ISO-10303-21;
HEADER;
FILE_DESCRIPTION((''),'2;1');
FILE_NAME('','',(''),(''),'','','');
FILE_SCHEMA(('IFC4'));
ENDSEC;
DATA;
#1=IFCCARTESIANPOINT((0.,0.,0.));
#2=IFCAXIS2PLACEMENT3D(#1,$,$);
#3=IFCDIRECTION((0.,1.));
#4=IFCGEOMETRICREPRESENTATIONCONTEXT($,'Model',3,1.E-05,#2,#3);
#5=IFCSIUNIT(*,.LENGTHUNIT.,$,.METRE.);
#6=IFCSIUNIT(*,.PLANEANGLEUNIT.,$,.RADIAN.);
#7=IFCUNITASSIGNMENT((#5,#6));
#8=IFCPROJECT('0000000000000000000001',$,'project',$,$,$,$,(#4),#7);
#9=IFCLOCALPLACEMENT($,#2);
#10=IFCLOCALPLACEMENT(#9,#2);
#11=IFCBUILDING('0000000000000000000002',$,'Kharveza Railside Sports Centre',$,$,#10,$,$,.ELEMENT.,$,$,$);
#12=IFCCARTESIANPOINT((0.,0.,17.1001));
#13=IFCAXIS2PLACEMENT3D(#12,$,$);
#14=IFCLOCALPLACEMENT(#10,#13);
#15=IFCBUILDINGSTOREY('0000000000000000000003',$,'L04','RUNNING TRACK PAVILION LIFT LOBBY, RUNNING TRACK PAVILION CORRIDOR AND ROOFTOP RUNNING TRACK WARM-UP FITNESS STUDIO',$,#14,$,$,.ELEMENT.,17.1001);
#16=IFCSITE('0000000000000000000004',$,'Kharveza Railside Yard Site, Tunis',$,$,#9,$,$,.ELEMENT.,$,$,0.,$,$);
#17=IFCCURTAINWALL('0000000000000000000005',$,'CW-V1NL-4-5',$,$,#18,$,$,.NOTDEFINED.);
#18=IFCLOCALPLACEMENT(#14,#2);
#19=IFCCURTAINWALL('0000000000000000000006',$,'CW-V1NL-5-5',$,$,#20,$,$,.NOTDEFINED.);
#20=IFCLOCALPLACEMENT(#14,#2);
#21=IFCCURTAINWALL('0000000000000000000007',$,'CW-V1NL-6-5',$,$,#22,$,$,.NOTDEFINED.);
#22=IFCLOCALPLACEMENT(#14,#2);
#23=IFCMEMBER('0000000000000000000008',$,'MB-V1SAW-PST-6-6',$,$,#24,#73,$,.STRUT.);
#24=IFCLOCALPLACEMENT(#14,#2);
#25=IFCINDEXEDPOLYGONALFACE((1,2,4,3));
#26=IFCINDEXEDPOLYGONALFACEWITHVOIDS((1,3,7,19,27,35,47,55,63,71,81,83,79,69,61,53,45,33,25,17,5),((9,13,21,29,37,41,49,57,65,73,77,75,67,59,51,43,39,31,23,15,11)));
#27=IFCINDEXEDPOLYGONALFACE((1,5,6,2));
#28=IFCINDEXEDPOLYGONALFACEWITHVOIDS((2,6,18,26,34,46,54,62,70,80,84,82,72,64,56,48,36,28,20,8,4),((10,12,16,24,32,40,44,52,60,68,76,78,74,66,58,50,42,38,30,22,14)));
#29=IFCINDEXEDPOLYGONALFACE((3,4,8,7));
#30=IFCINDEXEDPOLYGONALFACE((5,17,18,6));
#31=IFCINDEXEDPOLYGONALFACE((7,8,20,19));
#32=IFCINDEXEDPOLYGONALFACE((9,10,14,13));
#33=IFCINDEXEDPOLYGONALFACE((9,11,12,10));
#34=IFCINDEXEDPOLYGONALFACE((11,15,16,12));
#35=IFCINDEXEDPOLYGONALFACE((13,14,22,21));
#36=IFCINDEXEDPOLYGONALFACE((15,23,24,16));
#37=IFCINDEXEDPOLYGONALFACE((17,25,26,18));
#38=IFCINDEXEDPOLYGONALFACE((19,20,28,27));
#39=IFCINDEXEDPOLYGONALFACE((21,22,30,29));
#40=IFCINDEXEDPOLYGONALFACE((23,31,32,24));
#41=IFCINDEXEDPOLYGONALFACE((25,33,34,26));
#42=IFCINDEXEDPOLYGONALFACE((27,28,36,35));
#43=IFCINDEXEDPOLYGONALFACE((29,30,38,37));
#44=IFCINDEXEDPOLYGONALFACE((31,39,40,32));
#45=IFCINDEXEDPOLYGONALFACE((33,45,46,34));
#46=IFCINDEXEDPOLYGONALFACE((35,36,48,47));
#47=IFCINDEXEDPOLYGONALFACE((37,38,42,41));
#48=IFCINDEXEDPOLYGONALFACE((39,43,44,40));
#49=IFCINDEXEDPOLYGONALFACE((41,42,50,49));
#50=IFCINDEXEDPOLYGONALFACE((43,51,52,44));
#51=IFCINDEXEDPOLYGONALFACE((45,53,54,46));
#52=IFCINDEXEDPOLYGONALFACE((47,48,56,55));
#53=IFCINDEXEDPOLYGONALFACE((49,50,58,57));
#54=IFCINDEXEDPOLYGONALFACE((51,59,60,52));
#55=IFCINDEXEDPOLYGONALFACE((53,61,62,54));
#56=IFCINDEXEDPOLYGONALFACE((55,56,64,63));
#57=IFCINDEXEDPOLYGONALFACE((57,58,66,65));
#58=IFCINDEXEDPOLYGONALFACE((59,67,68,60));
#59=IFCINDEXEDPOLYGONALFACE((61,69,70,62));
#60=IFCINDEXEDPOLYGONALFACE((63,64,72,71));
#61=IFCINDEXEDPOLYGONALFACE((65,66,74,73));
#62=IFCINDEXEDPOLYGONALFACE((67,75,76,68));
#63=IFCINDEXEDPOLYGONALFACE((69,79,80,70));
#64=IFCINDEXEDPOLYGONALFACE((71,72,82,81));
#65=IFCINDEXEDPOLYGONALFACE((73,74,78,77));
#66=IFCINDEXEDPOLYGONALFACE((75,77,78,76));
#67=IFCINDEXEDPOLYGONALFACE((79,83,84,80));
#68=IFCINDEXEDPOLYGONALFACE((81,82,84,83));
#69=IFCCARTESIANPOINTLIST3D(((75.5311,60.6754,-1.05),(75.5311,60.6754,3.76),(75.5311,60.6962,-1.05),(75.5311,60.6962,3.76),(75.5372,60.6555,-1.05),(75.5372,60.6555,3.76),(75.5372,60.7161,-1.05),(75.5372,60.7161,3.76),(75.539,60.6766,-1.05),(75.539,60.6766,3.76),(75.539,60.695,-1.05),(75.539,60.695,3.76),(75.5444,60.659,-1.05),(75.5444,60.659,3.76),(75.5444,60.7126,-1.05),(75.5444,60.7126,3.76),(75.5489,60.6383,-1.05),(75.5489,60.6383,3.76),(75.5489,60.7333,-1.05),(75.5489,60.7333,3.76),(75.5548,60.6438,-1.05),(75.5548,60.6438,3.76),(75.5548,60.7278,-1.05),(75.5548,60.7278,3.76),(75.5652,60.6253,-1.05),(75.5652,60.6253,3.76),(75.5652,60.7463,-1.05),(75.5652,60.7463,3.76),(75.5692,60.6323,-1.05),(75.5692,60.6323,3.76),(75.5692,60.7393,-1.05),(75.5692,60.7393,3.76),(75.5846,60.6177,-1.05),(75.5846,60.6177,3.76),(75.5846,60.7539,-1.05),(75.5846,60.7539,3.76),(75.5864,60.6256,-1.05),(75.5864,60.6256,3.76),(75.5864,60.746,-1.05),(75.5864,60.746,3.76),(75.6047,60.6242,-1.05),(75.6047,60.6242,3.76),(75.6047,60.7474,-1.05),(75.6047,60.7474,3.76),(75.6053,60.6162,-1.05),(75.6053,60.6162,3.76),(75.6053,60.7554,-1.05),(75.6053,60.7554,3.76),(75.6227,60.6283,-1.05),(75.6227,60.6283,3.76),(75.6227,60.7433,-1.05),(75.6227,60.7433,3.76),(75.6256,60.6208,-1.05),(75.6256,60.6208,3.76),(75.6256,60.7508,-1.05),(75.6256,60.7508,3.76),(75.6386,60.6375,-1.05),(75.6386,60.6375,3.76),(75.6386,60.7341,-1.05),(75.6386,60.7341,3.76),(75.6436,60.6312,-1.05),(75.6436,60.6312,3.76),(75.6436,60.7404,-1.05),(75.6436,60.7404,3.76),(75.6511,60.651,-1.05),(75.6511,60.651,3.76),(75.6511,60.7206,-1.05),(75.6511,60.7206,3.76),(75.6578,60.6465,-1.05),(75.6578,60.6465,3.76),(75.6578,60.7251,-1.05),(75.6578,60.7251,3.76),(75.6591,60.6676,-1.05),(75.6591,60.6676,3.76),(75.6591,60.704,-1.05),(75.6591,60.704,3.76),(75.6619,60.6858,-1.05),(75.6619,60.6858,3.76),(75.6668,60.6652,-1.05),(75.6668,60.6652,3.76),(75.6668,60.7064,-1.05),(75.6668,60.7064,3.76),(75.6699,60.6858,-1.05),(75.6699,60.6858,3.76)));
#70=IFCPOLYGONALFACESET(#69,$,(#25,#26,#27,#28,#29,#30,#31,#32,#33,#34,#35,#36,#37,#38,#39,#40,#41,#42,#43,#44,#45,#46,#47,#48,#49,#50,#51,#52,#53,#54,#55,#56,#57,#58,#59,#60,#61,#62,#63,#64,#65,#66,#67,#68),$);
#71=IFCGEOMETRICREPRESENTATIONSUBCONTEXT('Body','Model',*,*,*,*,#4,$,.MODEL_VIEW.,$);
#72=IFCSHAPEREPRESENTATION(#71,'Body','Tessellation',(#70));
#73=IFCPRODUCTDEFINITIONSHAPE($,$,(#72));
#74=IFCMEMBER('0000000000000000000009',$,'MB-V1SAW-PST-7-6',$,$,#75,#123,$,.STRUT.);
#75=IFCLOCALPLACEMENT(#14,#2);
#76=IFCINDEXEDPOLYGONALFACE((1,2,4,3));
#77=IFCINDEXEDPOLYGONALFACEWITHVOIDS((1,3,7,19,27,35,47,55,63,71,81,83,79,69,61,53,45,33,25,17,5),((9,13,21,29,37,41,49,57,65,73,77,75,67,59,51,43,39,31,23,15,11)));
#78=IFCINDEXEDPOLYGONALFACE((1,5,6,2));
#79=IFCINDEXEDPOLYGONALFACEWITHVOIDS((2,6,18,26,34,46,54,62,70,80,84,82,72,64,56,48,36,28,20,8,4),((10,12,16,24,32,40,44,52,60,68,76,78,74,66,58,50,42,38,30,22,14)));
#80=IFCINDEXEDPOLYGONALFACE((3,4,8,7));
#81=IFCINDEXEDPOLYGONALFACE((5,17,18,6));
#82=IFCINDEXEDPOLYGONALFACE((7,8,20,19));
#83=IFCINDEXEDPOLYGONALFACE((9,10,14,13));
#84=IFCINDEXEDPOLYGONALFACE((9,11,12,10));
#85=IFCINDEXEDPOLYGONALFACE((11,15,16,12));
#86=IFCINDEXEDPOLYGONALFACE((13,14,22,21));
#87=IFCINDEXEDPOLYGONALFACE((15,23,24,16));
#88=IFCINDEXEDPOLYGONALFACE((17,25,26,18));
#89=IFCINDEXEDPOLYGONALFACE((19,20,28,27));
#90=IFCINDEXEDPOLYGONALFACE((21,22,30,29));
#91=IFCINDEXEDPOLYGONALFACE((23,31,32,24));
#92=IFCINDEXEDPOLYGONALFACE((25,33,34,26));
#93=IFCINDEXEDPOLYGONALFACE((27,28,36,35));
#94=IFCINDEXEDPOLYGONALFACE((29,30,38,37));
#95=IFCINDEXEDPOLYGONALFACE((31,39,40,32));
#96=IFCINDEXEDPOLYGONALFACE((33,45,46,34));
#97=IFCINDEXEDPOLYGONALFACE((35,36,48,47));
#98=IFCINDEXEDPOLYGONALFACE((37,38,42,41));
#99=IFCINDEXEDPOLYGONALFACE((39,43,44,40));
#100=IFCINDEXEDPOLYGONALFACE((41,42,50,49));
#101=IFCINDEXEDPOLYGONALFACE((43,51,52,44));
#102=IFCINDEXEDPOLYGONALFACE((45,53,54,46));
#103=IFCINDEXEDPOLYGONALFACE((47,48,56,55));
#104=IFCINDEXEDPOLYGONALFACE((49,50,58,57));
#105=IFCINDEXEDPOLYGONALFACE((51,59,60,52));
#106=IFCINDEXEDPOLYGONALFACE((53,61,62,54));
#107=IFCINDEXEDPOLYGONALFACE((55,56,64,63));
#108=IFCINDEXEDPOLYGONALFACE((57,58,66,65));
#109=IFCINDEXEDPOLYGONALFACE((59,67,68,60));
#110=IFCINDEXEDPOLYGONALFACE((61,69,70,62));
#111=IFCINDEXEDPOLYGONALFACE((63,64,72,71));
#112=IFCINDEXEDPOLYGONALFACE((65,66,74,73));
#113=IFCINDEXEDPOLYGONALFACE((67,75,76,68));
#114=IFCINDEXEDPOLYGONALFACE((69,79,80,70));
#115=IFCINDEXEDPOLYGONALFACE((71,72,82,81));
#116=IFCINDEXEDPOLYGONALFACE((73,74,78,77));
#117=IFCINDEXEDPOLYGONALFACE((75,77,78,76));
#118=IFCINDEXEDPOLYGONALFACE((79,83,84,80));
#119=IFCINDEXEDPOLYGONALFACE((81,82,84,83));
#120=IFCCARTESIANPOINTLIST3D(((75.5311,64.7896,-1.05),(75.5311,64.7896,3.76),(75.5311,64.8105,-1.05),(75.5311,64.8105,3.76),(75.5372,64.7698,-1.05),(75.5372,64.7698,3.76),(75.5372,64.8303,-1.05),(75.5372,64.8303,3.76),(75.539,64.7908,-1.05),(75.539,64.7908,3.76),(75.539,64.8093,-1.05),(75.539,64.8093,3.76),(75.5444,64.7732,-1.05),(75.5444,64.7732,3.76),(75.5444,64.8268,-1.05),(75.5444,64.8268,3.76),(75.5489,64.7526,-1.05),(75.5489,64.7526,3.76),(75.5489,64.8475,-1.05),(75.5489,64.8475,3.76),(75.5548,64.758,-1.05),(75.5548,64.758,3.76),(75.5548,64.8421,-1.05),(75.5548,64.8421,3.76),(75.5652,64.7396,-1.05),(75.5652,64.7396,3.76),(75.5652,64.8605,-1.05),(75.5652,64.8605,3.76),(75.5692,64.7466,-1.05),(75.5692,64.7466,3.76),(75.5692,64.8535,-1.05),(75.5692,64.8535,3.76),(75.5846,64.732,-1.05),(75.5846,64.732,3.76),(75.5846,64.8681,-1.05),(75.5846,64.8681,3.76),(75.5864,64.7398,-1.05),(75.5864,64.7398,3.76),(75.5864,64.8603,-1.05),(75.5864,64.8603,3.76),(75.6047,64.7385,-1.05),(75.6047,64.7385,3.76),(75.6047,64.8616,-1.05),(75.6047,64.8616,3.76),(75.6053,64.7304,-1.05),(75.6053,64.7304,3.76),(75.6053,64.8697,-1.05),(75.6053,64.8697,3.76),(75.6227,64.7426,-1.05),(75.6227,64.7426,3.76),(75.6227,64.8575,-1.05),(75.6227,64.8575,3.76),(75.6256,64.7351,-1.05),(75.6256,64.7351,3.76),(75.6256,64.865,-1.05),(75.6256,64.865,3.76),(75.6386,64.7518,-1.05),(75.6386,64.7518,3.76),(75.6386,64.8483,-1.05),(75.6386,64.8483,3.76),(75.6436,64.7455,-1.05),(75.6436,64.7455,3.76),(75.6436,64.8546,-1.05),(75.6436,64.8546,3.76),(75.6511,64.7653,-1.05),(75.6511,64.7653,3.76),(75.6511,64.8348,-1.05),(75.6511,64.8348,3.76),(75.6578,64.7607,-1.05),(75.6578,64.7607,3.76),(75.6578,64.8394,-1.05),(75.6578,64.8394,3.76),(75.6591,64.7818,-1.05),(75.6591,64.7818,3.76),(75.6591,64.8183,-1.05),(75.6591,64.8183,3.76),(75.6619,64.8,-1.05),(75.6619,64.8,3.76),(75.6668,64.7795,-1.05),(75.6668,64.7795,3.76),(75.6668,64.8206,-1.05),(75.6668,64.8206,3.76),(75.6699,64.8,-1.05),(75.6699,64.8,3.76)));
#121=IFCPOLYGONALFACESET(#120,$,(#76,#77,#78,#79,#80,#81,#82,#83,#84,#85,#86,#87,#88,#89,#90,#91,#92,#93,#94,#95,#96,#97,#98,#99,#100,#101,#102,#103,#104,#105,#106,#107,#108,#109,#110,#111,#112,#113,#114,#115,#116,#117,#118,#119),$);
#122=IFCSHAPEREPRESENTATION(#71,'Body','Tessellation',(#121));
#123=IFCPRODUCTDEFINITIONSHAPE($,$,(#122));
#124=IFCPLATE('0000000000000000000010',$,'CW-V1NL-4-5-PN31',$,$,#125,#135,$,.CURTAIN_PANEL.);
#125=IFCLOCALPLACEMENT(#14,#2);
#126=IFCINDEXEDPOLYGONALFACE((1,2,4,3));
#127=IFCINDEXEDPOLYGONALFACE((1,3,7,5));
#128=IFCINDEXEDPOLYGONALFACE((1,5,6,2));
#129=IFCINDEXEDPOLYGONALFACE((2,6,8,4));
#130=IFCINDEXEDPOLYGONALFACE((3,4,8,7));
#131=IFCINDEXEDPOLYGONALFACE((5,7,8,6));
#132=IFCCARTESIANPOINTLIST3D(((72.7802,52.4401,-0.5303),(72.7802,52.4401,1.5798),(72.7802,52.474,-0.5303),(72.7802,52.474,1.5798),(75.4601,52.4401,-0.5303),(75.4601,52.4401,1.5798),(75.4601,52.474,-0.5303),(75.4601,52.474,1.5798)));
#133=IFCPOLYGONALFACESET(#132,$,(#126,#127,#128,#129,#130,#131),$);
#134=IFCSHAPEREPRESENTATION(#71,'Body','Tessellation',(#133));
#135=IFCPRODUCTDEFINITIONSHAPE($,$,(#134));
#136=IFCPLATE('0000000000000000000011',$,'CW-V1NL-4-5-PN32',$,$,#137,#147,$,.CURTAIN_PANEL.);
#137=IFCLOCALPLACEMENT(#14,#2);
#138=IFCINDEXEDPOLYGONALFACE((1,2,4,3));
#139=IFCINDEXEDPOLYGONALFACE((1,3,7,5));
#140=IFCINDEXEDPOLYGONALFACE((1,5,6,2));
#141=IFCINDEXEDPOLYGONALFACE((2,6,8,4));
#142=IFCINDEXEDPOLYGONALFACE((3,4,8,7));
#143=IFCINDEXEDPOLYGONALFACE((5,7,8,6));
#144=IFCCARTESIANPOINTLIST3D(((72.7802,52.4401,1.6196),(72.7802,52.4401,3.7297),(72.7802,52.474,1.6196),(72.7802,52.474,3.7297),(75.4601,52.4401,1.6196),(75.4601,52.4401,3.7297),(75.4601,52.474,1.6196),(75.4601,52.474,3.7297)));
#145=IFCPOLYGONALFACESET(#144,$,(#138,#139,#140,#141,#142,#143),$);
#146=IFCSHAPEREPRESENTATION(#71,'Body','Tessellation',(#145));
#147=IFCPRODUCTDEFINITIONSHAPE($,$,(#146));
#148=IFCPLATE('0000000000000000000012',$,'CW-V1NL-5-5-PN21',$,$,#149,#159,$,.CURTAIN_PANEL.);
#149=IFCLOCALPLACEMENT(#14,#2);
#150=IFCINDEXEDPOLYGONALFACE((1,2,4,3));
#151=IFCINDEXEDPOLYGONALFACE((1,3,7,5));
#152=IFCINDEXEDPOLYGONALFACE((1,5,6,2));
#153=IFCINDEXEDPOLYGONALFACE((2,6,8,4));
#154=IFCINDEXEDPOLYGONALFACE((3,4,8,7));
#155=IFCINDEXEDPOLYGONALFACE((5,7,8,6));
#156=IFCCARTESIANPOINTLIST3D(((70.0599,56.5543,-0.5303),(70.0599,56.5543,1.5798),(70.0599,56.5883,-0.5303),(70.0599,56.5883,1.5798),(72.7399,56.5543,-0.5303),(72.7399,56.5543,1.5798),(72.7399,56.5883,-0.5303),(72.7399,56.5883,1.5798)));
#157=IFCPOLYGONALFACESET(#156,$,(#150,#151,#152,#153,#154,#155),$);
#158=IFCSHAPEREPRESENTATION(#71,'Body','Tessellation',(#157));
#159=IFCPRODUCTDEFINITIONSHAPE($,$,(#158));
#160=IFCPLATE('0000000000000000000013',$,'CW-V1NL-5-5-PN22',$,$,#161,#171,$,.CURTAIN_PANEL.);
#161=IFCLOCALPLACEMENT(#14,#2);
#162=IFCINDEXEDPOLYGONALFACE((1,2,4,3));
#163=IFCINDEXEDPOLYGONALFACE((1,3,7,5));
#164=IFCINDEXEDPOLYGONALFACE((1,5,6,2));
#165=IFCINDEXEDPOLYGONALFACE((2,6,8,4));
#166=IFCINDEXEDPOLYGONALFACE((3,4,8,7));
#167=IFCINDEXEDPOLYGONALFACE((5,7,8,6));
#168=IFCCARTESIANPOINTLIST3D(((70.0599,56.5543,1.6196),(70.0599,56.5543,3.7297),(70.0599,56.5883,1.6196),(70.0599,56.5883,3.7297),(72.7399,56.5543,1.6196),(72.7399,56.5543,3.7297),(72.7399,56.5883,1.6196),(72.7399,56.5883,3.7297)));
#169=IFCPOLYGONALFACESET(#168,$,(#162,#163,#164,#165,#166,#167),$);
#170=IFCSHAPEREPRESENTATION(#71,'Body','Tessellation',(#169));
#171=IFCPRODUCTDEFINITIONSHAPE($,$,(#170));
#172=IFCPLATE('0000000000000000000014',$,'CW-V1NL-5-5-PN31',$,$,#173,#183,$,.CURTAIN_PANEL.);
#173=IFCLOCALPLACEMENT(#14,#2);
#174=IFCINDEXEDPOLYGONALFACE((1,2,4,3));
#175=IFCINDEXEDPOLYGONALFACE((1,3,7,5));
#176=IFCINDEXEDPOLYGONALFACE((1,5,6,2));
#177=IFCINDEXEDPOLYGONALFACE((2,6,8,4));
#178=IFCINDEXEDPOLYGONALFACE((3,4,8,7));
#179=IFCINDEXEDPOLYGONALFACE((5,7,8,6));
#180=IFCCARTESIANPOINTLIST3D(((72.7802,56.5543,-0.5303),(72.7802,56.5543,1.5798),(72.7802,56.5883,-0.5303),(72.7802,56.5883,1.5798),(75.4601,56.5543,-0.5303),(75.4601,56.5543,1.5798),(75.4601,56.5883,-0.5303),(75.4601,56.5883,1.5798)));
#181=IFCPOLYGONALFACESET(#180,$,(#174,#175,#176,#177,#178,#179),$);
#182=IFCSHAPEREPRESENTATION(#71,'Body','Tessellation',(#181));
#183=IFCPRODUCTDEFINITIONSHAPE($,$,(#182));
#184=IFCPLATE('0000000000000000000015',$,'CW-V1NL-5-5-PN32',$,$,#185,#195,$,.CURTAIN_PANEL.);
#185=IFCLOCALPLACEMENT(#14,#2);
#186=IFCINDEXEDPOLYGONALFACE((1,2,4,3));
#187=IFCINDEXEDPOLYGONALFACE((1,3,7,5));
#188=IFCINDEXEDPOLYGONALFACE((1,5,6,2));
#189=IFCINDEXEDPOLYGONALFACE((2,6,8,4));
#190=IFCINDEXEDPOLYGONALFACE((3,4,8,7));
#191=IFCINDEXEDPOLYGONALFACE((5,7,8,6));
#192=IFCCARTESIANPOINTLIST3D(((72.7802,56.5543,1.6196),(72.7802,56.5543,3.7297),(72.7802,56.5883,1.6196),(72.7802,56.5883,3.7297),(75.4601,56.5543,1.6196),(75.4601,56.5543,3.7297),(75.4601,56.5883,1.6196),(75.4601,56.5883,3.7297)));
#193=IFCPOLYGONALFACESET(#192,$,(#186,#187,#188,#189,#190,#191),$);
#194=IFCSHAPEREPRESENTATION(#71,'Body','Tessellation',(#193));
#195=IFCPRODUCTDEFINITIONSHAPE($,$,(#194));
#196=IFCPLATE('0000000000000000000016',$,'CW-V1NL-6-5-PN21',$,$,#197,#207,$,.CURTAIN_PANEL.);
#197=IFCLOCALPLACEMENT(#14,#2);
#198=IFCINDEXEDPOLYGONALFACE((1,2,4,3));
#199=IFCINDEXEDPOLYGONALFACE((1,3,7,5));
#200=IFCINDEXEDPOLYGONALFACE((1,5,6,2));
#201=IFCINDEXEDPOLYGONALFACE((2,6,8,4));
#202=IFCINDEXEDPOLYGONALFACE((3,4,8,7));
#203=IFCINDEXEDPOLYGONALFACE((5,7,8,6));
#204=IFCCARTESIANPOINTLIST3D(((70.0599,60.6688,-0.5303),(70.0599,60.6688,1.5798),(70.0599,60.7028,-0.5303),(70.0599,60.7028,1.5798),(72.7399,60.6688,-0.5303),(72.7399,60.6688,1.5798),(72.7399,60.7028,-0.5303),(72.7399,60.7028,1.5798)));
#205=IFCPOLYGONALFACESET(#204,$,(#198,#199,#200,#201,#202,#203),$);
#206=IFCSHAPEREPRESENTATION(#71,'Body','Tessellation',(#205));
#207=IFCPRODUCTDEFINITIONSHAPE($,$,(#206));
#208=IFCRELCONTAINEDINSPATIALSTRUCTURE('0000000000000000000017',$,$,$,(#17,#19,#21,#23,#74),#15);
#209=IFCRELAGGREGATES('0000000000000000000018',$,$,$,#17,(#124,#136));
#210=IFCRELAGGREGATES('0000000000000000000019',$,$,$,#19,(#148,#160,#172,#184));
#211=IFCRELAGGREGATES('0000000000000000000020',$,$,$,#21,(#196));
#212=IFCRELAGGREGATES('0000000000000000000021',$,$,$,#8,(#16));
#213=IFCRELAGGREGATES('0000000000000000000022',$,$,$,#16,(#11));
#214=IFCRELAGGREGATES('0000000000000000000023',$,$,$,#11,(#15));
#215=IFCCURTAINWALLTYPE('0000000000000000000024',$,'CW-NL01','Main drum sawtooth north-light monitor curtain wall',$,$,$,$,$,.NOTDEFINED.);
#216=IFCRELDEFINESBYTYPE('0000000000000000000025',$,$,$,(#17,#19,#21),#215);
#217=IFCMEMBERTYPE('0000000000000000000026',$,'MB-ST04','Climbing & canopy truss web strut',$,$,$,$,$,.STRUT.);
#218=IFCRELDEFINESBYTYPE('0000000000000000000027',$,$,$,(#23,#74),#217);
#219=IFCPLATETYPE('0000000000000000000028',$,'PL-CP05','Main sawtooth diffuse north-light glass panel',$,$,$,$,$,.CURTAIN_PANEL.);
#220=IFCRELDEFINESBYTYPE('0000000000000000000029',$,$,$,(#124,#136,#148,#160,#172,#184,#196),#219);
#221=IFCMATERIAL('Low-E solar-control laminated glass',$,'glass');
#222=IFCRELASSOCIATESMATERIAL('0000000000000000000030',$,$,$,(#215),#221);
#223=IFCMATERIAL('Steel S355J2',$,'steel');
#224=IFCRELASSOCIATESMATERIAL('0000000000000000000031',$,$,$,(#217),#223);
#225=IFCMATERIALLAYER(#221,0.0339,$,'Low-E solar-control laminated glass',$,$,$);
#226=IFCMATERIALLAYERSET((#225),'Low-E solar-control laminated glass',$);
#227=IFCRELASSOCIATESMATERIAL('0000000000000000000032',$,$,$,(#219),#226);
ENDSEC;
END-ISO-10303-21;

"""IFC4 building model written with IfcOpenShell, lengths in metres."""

from ifc_helpers import new_model, si_unit, direction, frame, origin, origin_2d, place, context, subcontext, project, spatial, rectangle, hollow_circle, extrude, material, layer, layer_set, material_profile, profile_set, type_object, element, aggregate, save


model = new_model("IFC4")

# Units and contexts
model_context = context("Model", 3, precision=1e-05, world=origin(), true_north=direction((0.0, 1.0)))
body_context = subcontext(model_context, "Body", "Model", "MODEL_VIEW")
ifc_project = project(units=[si_unit("LENGTHUNIT", "METRE"), si_unit("PLANEANGLEUNIT", "RADIAN")], contexts=[model_context])

# Site, building, storey
site_placement = place(None, origin())
site = spatial("IfcSite", under=ifc_project, at=site_placement, Name="Kharveza Railside Yard Site, Tunis", CompositionType="ELEMENT", RefElevation=0.0)
building_placement = place(site_placement, origin())
building = spatial("IfcBuilding", under=site, at=building_placement, Name="Kharveza Railside Sports Centre", CompositionType="ELEMENT")
storey_placement = place(building_placement, frame((0.0, 0.0, 17.1001)))
storey = spatial("IfcBuildingStorey", under=building, at=storey_placement, Name="L04", Description="RUNNING TRACK PAVILION LIFT LOBBY, RUNNING TRACK PAVILION CORRIDOR AND ROOFTOP RUNNING TRACK WARM-UP FITNESS STUDIO", CompositionType="ELEMENT", Elevation=17.1001)

# Curtain wall
ifc_material_1 = material(Name="Low-E solar-control laminated glass", Category="glass")
curtain_wall_type = type_object("IfcCurtainWallType", Name="CW-NL01", Description="Main drum sawtooth north-light monitor curtain wall", PredefinedType="NOTDEFINED", material=ifc_material_1)
curtain_wall_1_placement = place(storey_placement, origin())
curtain_wall_1 = element("IfcCurtainWall", 1, at=curtain_wall_1_placement, inside=storey, type_object=curtain_wall_type, Name="CW-V1NL-4-5", PredefinedType="NOTDEFINED")

# Curtain walls
curtain_wall_2_placement = place(storey_placement, origin())
curtain_wall_2 = element("IfcCurtainWall", 2, at=curtain_wall_2_placement, inside=storey, type_object=curtain_wall_type, Name="CW-V1NL-5-5", PredefinedType="NOTDEFINED")
curtain_wall_3_placement = place(storey_placement, origin())
curtain_wall_3 = element("IfcCurtainWall", 3, at=curtain_wall_3_placement, inside=storey, type_object=curtain_wall_type, Name="CW-V1NL-6-5", PredefinedType="NOTDEFINED")

# Members
ifc_material_2 = material(Name="Steel S355J2", Category="steel")
ifc_material_profile_1 = material_profile(ifc_material_2, hollow_circle(Radius=0.0698, WallThickness=0.0081, at=origin_2d()), Name="CHS 139.7x8.0")
ifc_profile_set_1 = profile_set([ifc_material_profile_1], Name="Steel S355J2")
member_type_1 = type_object("IfcMemberType", Name="MB-ST04", Description="Climbing & canopy truss web strut", PredefinedType="STRUT", material=ifc_profile_set_1)
for number, where, z_axis, x_axis, name in (
    (4, (75.6001, 60.6858, -1.05), (0.0, 0.0, 1.0), (1.0, 0.0, 0.0), "MB-V1SAW-PST-6-6"),
    (5, (75.6001, 64.8, -1.05), (0.0, 0.0, 1.0), (1.0, 0.0, 0.0), "MB-V1SAW-PST-7-6"),
):
    element("IfcMember", number, at=place(storey_placement, frame(where, z_axis=z_axis, x_axis=x_axis)), inside=storey, type_object=member_type_1, Name=name, PredefinedType="STRUT", context=body_context, shape_type="SweptSolid", body=[
        extrude(hollow_circle(Radius=0.0698, WallThickness=0.0081, at=origin_2d()), origin(), (0.0, 0.0, 1.0), 4.8101),
    ])

# Plates
ifc_layer_1 = layer(ifc_material_1, 0.0339, Name="Low-E solar-control laminated glass")
ifc_layer_set_1 = layer_set([ifc_layer_1], Name="Low-E solar-control laminated glass")
plate_type_1 = type_object("IfcPlateType", Name="PL-CP05", Description="Main sawtooth diffuse north-light glass panel", PredefinedType="CURTAIN_PANEL", material=ifc_layer_set_1)
plate_1_placement = place(storey_placement, frame((74.1201, 52.457, -0.5303), z_axis=(0.0, 0.0, 1.0), x_axis=(1.0, 0.0, 0.0)))
plate_1 = element("IfcPlate", 6, at=plate_1_placement, type_object=plate_type_1, Name="CW-V1NL-4-5-PN31", PredefinedType="CURTAIN_PANEL", context=body_context, shape_type="SweptSolid", body=[
    extrude(rectangle(XDim=2.6799, YDim=0.0339, at=origin_2d()), origin(), (0.0, 0.0, 1.0), 2.1101),
])
plate_2_placement = place(storey_placement, frame((74.1201, 52.457, 1.6196), z_axis=(0.0, 0.0, 1.0), x_axis=(1.0, 0.0, 0.0)))
plate_2 = element("IfcPlate", 7, at=plate_2_placement, type_object=plate_type_1, Name="CW-V1NL-4-5-PN32", PredefinedType="CURTAIN_PANEL", context=body_context, shape_type="SweptSolid", body=[
    extrude(rectangle(XDim=2.6799, YDim=0.0339, at=origin_2d()), origin(), (0.0, 0.0, 1.0), 2.1101),
])
aggregate(curtain_wall_1, [plate_1, plate_2])
plate_3_placement = place(storey_placement, frame((71.3999, 56.5713, -0.5303), z_axis=(0.0, 0.0, 1.0), x_axis=(1.0, 0.0, 0.0)))
plate_3 = element("IfcPlate", 8, at=plate_3_placement, type_object=plate_type_1, Name="CW-V1NL-5-5-PN21", PredefinedType="CURTAIN_PANEL", context=body_context, shape_type="SweptSolid", body=[
    extrude(rectangle(XDim=2.6799, YDim=0.0339, at=origin_2d()), origin(), (0.0, 0.0, 1.0), 2.1101),
])
plate_4_placement = place(storey_placement, frame((71.3999, 56.5713, 1.6196), z_axis=(0.0, 0.0, 1.0), x_axis=(1.0, 0.0, 0.0)))
plate_4 = element("IfcPlate", 9, at=plate_4_placement, type_object=plate_type_1, Name="CW-V1NL-5-5-PN22", PredefinedType="CURTAIN_PANEL", context=body_context, shape_type="SweptSolid", body=[
    extrude(rectangle(XDim=2.6799, YDim=0.0339, at=origin_2d()), origin(), (0.0, 0.0, 1.0), 2.1101),
])
plate_5_placement = place(storey_placement, frame((74.1201, 56.5713, -0.5303), z_axis=(0.0, 0.0, 1.0), x_axis=(1.0, 0.0, 0.0)))
plate_5 = element("IfcPlate", 10, at=plate_5_placement, type_object=plate_type_1, Name="CW-V1NL-5-5-PN31", PredefinedType="CURTAIN_PANEL", context=body_context, shape_type="SweptSolid", body=[
    extrude(rectangle(XDim=2.6799, YDim=0.0339, at=origin_2d()), origin(), (0.0, 0.0, 1.0), 2.1101),
])
plate_6_placement = place(storey_placement, frame((74.1201, 56.5713, 1.6196), z_axis=(0.0, 0.0, 1.0), x_axis=(1.0, 0.0, 0.0)))
plate_6 = element("IfcPlate", 11, at=plate_6_placement, type_object=plate_type_1, Name="CW-V1NL-5-5-PN32", PredefinedType="CURTAIN_PANEL", context=body_context, shape_type="SweptSolid", body=[
    extrude(rectangle(XDim=2.6799, YDim=0.0339, at=origin_2d()), origin(), (0.0, 0.0, 1.0), 2.1101),
])
aggregate(curtain_wall_2, [plate_3, plate_4, plate_5, plate_6])
plate_7_placement = place(storey_placement, frame((71.3999, 60.6858, -0.5303), z_axis=(0.0, 0.0, 1.0), x_axis=(1.0, 0.0, 0.0)))
plate_7 = element("IfcPlate", 12, at=plate_7_placement, type_object=plate_type_1, Name="CW-V1NL-6-5-PN21", PredefinedType="CURTAIN_PANEL", context=body_context, shape_type="SweptSolid", body=[
    extrude(rectangle(XDim=2.6799, YDim=0.0339, at=origin_2d()), origin(), (0.0, 0.0, 1.0), 2.1101),
])
aggregate(curtain_wall_3, [plate_7])

save(model, "model.ifc")
